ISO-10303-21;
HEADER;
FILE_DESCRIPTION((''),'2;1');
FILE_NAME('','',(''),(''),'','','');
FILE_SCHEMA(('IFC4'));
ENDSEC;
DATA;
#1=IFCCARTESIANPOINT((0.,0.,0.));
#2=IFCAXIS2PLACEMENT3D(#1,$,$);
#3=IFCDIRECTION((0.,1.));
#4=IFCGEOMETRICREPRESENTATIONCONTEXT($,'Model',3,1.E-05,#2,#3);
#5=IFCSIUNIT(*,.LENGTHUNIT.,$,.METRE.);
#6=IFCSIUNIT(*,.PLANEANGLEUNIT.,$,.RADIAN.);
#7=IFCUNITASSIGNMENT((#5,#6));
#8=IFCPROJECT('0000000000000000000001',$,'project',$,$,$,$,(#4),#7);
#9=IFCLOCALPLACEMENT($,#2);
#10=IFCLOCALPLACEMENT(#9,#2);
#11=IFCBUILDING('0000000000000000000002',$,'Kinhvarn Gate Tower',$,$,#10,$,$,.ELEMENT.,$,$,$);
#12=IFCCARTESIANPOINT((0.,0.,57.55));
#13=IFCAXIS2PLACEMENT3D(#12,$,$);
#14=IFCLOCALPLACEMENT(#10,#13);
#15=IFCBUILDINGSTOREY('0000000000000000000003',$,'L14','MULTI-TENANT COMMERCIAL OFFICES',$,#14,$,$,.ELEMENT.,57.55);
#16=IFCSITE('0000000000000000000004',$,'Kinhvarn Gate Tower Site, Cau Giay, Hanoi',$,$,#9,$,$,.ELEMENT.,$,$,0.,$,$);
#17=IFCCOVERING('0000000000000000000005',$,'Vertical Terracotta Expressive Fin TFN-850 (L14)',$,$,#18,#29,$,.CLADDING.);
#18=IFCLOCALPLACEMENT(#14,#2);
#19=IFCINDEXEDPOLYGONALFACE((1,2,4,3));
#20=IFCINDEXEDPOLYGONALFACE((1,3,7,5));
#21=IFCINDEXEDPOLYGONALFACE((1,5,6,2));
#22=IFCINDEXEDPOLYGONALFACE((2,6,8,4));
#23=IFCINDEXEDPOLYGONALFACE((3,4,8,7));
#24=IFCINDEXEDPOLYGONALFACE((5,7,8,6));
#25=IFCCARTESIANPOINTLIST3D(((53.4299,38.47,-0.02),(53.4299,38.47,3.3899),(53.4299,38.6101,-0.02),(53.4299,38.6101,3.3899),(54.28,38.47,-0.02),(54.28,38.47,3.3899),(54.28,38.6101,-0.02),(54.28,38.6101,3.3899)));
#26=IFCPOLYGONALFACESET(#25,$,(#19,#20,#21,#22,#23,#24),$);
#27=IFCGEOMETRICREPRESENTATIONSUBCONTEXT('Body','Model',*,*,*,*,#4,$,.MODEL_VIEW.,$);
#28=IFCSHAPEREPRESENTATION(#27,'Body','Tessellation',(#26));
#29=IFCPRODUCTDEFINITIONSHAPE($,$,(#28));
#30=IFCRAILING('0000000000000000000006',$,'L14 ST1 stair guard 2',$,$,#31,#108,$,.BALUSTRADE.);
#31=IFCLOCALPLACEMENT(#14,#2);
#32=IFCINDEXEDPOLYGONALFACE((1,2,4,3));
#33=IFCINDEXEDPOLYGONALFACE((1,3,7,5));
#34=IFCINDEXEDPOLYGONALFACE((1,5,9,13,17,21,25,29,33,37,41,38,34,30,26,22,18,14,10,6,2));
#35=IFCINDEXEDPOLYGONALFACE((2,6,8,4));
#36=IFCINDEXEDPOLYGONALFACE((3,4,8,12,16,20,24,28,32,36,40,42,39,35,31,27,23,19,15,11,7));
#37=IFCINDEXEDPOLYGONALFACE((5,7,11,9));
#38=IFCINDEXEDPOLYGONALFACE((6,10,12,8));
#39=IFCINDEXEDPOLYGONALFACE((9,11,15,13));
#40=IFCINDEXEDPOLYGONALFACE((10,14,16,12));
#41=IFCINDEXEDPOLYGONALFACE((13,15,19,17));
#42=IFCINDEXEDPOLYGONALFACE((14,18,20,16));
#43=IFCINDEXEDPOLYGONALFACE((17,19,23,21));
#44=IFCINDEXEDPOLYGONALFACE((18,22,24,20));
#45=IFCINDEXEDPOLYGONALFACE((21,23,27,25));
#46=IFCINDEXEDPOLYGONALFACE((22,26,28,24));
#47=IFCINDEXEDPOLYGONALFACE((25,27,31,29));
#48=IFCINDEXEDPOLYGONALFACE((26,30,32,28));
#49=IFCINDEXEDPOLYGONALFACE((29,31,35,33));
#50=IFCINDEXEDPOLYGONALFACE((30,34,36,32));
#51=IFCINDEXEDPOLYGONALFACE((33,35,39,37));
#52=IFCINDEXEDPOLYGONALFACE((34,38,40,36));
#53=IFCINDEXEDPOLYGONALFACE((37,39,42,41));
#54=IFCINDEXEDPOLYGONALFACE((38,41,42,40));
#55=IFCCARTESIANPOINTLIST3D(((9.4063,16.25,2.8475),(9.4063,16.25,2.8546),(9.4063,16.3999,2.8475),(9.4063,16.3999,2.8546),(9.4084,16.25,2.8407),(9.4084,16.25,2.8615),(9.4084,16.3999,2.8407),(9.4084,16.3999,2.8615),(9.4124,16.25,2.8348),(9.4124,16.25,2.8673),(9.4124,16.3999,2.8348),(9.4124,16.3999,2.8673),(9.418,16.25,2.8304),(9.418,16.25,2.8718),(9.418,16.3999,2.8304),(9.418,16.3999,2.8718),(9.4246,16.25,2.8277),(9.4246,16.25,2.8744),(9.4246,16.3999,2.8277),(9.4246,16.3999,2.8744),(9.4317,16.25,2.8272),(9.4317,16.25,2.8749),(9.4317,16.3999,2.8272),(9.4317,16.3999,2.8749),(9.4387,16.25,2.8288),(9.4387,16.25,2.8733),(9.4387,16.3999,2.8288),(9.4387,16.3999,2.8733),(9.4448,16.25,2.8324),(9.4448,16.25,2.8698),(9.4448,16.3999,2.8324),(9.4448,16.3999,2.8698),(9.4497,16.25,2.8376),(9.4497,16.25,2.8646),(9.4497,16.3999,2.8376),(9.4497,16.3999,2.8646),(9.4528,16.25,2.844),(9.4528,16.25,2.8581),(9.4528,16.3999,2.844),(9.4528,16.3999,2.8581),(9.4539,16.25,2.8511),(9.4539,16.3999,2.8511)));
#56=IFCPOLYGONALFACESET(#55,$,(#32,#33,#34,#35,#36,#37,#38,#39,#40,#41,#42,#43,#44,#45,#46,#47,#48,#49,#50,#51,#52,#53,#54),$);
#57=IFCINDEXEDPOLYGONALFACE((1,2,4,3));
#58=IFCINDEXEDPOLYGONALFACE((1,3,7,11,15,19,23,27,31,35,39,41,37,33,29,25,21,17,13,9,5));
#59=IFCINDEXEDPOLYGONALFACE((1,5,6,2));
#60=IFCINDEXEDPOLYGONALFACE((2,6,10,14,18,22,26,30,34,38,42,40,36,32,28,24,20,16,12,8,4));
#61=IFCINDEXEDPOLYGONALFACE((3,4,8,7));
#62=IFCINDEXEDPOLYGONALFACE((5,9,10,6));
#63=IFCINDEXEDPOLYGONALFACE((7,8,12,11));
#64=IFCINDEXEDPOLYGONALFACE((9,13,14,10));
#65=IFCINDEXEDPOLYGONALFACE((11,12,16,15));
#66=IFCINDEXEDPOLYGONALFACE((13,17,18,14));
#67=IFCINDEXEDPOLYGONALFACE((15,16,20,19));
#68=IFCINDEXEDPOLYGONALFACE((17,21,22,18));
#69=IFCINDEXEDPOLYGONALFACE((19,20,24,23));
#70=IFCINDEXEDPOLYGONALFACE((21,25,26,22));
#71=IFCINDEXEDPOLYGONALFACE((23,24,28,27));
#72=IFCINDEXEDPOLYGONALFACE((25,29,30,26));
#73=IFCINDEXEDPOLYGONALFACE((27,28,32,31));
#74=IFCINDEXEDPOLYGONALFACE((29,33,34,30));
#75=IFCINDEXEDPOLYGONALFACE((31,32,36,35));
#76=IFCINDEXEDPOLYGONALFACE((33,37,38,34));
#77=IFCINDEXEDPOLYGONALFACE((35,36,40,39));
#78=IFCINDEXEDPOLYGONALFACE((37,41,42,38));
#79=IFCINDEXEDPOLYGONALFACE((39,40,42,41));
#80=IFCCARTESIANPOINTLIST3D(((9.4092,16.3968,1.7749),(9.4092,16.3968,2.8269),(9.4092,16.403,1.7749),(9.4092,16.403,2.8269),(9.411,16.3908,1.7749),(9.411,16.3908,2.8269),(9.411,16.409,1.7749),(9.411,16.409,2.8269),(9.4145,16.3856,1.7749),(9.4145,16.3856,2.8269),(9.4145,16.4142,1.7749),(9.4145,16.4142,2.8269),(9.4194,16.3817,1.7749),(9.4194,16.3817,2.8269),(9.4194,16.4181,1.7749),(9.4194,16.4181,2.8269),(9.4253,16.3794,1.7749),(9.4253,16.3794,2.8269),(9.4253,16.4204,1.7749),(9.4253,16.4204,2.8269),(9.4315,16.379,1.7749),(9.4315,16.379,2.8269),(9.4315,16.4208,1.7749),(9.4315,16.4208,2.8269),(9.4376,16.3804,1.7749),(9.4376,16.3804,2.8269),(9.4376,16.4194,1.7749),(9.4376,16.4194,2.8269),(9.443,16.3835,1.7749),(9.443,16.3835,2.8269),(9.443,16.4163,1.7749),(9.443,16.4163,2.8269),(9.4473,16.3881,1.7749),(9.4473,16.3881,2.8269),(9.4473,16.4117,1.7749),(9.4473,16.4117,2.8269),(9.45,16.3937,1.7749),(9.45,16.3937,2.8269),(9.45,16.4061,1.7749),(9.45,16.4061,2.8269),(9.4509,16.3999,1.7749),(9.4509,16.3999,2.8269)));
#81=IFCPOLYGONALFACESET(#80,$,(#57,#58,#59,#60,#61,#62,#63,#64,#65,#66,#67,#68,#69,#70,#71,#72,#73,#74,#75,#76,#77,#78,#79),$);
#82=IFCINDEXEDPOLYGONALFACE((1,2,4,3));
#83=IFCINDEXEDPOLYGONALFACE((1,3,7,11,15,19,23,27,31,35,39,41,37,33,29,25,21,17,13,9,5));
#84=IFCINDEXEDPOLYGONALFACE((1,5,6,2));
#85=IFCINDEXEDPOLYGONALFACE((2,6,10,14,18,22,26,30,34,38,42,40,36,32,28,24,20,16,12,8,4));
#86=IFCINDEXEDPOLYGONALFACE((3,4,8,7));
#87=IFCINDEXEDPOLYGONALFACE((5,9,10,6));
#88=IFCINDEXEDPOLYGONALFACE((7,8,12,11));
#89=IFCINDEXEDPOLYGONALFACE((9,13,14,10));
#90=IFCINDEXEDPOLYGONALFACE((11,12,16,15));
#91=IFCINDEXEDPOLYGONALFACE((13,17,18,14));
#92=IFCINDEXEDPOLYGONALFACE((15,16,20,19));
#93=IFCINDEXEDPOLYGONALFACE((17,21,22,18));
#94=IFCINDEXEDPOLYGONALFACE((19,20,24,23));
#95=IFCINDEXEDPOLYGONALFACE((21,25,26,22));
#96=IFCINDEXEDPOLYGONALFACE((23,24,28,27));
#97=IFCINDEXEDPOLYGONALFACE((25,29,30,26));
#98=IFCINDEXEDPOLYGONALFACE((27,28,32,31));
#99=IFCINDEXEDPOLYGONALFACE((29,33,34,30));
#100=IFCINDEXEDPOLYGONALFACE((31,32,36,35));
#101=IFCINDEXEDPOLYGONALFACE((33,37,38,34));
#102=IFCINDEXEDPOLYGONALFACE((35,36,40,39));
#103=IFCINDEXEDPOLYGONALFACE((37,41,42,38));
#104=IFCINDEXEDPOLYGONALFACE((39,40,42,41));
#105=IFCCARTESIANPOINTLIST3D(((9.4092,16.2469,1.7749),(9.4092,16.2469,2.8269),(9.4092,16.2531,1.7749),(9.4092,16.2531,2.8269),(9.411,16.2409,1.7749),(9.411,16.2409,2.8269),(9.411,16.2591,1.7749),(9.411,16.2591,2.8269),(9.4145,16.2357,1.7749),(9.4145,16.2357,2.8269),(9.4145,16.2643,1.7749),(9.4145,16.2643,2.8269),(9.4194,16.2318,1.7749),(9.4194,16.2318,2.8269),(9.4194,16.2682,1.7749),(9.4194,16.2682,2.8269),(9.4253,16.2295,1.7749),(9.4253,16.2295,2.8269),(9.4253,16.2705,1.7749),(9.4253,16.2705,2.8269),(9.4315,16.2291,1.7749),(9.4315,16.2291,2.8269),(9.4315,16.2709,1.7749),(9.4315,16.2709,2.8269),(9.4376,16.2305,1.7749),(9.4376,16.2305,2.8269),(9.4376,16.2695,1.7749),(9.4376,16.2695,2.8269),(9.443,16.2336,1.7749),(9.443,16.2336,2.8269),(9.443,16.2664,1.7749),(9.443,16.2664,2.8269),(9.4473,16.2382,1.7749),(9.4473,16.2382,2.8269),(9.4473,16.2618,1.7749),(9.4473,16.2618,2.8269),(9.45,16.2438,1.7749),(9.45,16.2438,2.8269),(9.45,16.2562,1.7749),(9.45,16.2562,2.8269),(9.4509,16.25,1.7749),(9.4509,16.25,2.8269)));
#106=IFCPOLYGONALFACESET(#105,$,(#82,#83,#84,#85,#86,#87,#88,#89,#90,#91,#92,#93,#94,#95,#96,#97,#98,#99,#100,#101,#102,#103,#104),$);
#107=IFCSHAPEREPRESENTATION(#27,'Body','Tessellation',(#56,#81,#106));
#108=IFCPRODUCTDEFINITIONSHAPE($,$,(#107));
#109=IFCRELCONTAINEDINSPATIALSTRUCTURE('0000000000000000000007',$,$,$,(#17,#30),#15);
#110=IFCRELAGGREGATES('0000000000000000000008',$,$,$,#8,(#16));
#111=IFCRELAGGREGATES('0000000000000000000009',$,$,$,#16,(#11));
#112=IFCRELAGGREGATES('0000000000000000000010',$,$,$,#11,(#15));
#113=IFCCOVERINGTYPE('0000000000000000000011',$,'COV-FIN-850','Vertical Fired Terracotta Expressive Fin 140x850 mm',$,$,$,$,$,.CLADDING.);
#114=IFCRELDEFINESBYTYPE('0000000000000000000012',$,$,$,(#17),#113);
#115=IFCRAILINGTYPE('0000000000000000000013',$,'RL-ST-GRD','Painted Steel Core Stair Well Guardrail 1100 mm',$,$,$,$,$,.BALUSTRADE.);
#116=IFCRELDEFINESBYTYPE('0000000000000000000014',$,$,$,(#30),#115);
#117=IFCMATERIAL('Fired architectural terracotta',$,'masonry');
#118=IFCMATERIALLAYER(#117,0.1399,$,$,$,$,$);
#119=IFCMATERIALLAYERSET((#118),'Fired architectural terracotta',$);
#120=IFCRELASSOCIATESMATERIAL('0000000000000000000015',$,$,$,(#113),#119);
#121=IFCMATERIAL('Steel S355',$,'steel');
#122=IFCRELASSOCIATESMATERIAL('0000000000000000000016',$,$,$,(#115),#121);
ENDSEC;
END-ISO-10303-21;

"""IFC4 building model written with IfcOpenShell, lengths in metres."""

from ifc_helpers import new_model, si_unit, direction, frame, origin, origin_2d, place, context, subcontext, project, spatial, polyline, circle, outline, extrude, material, layer, layer_set, type_object, element, save


model = new_model("IFC4")

# Units and contexts
model_context = context("Model", 3, precision=1e-05, world=origin(), true_north=direction((0.0, 1.0)))
body_context = subcontext(model_context, "Body", "Model", "MODEL_VIEW")
ifc_project = project(units=[si_unit("LENGTHUNIT", "METRE"), si_unit("PLANEANGLEUNIT", "RADIAN")], contexts=[model_context])

# Site, building, storey
site_placement = place(None, origin())
site = spatial("IfcSite", under=ifc_project, at=site_placement, Name="Kinhvarn Gate Tower Site, Cau Giay, Hanoi", CompositionType="ELEMENT", RefElevation=0.0)
building_placement = place(site_placement, origin())
building = spatial("IfcBuilding", under=site, at=building_placement, Name="Kinhvarn Gate Tower", CompositionType="ELEMENT")
storey_placement = place(building_placement, frame((0.0, 0.0, 57.55)))
storey = spatial("IfcBuildingStorey", under=building, at=storey_placement, Name="L14", Description="MULTI-TENANT COMMERCIAL OFFICES", CompositionType="ELEMENT", Elevation=57.55)

# Shared definitions
ifc_material_1 = material(Name="Steel S355", Category="steel")

# Shared definitions
ifc_material_2 = material(Name="Fired architectural terracotta", Category="masonry")

# Covering
ifc_layer_1 = layer(ifc_material_2, 0.1399)
ifc_layer_set_1 = layer_set([ifc_layer_1], Name="Fired architectural terracotta")
covering_type_1 = type_object("IfcCoveringType", Name="COV-FIN-850", Description="Vertical Fired Terracotta Expressive Fin 140x850 mm", PredefinedType="CLADDING", material=ifc_layer_set_1)
covering_1_placement = place(storey_placement, frame((0.0, 0.0, -0.02)))
element("IfcCovering", 1, at=covering_1_placement, inside=storey, type_object=covering_type_1, Name="Vertical Terracotta Expressive Fin TFN-850 (L14)", PredefinedType="CLADDING", context=body_context, shape_type="SweptSolid", body=[
    extrude(outline(polyline([(53.4299, 38.47), (53.4299, 38.6101), (54.28, 38.6101), (54.28, 38.47), (53.4299, 38.47)])), origin(), (0.0, 0.0, 1.0), 3.4099),
])

# Railing
railing_type_1 = type_object("IfcRailingType", Name="RL-ST-GRD", Description="Painted Steel Core Stair Well Guardrail 1100 mm", PredefinedType="BALUSTRADE", material=ifc_material_1)
railing_1_placement = place(storey_placement, frame((9.4299, 16.3999, 1.7749)))
element("IfcRailing", 2, at=railing_1_placement, inside=storey, type_object=railing_type_1, Name="L14 ST1 stair guard 2", PredefinedType="BALUSTRADE", context=body_context, shape_type="SweptSolid", body=[
    extrude(circle(Radius=0.0239, at=origin_2d()), frame((0.0, 0.0, 1.0762), z_axis=(0.0, -1.0, 0.0), x_axis=(1.0, 0.0, 0.0)), (0.0, 0.0, 1.0), 0.1499),
    extrude(circle(Radius=0.021, at=origin_2d()), origin(), (0.0, 0.0, 1.0), 1.052),
    extrude(circle(Radius=0.021, at=origin_2d()), frame((0.0, -0.1499, 0.0)), (0.0, 0.0, 1.0), 1.052),
])

save(model, "model.ifc")
